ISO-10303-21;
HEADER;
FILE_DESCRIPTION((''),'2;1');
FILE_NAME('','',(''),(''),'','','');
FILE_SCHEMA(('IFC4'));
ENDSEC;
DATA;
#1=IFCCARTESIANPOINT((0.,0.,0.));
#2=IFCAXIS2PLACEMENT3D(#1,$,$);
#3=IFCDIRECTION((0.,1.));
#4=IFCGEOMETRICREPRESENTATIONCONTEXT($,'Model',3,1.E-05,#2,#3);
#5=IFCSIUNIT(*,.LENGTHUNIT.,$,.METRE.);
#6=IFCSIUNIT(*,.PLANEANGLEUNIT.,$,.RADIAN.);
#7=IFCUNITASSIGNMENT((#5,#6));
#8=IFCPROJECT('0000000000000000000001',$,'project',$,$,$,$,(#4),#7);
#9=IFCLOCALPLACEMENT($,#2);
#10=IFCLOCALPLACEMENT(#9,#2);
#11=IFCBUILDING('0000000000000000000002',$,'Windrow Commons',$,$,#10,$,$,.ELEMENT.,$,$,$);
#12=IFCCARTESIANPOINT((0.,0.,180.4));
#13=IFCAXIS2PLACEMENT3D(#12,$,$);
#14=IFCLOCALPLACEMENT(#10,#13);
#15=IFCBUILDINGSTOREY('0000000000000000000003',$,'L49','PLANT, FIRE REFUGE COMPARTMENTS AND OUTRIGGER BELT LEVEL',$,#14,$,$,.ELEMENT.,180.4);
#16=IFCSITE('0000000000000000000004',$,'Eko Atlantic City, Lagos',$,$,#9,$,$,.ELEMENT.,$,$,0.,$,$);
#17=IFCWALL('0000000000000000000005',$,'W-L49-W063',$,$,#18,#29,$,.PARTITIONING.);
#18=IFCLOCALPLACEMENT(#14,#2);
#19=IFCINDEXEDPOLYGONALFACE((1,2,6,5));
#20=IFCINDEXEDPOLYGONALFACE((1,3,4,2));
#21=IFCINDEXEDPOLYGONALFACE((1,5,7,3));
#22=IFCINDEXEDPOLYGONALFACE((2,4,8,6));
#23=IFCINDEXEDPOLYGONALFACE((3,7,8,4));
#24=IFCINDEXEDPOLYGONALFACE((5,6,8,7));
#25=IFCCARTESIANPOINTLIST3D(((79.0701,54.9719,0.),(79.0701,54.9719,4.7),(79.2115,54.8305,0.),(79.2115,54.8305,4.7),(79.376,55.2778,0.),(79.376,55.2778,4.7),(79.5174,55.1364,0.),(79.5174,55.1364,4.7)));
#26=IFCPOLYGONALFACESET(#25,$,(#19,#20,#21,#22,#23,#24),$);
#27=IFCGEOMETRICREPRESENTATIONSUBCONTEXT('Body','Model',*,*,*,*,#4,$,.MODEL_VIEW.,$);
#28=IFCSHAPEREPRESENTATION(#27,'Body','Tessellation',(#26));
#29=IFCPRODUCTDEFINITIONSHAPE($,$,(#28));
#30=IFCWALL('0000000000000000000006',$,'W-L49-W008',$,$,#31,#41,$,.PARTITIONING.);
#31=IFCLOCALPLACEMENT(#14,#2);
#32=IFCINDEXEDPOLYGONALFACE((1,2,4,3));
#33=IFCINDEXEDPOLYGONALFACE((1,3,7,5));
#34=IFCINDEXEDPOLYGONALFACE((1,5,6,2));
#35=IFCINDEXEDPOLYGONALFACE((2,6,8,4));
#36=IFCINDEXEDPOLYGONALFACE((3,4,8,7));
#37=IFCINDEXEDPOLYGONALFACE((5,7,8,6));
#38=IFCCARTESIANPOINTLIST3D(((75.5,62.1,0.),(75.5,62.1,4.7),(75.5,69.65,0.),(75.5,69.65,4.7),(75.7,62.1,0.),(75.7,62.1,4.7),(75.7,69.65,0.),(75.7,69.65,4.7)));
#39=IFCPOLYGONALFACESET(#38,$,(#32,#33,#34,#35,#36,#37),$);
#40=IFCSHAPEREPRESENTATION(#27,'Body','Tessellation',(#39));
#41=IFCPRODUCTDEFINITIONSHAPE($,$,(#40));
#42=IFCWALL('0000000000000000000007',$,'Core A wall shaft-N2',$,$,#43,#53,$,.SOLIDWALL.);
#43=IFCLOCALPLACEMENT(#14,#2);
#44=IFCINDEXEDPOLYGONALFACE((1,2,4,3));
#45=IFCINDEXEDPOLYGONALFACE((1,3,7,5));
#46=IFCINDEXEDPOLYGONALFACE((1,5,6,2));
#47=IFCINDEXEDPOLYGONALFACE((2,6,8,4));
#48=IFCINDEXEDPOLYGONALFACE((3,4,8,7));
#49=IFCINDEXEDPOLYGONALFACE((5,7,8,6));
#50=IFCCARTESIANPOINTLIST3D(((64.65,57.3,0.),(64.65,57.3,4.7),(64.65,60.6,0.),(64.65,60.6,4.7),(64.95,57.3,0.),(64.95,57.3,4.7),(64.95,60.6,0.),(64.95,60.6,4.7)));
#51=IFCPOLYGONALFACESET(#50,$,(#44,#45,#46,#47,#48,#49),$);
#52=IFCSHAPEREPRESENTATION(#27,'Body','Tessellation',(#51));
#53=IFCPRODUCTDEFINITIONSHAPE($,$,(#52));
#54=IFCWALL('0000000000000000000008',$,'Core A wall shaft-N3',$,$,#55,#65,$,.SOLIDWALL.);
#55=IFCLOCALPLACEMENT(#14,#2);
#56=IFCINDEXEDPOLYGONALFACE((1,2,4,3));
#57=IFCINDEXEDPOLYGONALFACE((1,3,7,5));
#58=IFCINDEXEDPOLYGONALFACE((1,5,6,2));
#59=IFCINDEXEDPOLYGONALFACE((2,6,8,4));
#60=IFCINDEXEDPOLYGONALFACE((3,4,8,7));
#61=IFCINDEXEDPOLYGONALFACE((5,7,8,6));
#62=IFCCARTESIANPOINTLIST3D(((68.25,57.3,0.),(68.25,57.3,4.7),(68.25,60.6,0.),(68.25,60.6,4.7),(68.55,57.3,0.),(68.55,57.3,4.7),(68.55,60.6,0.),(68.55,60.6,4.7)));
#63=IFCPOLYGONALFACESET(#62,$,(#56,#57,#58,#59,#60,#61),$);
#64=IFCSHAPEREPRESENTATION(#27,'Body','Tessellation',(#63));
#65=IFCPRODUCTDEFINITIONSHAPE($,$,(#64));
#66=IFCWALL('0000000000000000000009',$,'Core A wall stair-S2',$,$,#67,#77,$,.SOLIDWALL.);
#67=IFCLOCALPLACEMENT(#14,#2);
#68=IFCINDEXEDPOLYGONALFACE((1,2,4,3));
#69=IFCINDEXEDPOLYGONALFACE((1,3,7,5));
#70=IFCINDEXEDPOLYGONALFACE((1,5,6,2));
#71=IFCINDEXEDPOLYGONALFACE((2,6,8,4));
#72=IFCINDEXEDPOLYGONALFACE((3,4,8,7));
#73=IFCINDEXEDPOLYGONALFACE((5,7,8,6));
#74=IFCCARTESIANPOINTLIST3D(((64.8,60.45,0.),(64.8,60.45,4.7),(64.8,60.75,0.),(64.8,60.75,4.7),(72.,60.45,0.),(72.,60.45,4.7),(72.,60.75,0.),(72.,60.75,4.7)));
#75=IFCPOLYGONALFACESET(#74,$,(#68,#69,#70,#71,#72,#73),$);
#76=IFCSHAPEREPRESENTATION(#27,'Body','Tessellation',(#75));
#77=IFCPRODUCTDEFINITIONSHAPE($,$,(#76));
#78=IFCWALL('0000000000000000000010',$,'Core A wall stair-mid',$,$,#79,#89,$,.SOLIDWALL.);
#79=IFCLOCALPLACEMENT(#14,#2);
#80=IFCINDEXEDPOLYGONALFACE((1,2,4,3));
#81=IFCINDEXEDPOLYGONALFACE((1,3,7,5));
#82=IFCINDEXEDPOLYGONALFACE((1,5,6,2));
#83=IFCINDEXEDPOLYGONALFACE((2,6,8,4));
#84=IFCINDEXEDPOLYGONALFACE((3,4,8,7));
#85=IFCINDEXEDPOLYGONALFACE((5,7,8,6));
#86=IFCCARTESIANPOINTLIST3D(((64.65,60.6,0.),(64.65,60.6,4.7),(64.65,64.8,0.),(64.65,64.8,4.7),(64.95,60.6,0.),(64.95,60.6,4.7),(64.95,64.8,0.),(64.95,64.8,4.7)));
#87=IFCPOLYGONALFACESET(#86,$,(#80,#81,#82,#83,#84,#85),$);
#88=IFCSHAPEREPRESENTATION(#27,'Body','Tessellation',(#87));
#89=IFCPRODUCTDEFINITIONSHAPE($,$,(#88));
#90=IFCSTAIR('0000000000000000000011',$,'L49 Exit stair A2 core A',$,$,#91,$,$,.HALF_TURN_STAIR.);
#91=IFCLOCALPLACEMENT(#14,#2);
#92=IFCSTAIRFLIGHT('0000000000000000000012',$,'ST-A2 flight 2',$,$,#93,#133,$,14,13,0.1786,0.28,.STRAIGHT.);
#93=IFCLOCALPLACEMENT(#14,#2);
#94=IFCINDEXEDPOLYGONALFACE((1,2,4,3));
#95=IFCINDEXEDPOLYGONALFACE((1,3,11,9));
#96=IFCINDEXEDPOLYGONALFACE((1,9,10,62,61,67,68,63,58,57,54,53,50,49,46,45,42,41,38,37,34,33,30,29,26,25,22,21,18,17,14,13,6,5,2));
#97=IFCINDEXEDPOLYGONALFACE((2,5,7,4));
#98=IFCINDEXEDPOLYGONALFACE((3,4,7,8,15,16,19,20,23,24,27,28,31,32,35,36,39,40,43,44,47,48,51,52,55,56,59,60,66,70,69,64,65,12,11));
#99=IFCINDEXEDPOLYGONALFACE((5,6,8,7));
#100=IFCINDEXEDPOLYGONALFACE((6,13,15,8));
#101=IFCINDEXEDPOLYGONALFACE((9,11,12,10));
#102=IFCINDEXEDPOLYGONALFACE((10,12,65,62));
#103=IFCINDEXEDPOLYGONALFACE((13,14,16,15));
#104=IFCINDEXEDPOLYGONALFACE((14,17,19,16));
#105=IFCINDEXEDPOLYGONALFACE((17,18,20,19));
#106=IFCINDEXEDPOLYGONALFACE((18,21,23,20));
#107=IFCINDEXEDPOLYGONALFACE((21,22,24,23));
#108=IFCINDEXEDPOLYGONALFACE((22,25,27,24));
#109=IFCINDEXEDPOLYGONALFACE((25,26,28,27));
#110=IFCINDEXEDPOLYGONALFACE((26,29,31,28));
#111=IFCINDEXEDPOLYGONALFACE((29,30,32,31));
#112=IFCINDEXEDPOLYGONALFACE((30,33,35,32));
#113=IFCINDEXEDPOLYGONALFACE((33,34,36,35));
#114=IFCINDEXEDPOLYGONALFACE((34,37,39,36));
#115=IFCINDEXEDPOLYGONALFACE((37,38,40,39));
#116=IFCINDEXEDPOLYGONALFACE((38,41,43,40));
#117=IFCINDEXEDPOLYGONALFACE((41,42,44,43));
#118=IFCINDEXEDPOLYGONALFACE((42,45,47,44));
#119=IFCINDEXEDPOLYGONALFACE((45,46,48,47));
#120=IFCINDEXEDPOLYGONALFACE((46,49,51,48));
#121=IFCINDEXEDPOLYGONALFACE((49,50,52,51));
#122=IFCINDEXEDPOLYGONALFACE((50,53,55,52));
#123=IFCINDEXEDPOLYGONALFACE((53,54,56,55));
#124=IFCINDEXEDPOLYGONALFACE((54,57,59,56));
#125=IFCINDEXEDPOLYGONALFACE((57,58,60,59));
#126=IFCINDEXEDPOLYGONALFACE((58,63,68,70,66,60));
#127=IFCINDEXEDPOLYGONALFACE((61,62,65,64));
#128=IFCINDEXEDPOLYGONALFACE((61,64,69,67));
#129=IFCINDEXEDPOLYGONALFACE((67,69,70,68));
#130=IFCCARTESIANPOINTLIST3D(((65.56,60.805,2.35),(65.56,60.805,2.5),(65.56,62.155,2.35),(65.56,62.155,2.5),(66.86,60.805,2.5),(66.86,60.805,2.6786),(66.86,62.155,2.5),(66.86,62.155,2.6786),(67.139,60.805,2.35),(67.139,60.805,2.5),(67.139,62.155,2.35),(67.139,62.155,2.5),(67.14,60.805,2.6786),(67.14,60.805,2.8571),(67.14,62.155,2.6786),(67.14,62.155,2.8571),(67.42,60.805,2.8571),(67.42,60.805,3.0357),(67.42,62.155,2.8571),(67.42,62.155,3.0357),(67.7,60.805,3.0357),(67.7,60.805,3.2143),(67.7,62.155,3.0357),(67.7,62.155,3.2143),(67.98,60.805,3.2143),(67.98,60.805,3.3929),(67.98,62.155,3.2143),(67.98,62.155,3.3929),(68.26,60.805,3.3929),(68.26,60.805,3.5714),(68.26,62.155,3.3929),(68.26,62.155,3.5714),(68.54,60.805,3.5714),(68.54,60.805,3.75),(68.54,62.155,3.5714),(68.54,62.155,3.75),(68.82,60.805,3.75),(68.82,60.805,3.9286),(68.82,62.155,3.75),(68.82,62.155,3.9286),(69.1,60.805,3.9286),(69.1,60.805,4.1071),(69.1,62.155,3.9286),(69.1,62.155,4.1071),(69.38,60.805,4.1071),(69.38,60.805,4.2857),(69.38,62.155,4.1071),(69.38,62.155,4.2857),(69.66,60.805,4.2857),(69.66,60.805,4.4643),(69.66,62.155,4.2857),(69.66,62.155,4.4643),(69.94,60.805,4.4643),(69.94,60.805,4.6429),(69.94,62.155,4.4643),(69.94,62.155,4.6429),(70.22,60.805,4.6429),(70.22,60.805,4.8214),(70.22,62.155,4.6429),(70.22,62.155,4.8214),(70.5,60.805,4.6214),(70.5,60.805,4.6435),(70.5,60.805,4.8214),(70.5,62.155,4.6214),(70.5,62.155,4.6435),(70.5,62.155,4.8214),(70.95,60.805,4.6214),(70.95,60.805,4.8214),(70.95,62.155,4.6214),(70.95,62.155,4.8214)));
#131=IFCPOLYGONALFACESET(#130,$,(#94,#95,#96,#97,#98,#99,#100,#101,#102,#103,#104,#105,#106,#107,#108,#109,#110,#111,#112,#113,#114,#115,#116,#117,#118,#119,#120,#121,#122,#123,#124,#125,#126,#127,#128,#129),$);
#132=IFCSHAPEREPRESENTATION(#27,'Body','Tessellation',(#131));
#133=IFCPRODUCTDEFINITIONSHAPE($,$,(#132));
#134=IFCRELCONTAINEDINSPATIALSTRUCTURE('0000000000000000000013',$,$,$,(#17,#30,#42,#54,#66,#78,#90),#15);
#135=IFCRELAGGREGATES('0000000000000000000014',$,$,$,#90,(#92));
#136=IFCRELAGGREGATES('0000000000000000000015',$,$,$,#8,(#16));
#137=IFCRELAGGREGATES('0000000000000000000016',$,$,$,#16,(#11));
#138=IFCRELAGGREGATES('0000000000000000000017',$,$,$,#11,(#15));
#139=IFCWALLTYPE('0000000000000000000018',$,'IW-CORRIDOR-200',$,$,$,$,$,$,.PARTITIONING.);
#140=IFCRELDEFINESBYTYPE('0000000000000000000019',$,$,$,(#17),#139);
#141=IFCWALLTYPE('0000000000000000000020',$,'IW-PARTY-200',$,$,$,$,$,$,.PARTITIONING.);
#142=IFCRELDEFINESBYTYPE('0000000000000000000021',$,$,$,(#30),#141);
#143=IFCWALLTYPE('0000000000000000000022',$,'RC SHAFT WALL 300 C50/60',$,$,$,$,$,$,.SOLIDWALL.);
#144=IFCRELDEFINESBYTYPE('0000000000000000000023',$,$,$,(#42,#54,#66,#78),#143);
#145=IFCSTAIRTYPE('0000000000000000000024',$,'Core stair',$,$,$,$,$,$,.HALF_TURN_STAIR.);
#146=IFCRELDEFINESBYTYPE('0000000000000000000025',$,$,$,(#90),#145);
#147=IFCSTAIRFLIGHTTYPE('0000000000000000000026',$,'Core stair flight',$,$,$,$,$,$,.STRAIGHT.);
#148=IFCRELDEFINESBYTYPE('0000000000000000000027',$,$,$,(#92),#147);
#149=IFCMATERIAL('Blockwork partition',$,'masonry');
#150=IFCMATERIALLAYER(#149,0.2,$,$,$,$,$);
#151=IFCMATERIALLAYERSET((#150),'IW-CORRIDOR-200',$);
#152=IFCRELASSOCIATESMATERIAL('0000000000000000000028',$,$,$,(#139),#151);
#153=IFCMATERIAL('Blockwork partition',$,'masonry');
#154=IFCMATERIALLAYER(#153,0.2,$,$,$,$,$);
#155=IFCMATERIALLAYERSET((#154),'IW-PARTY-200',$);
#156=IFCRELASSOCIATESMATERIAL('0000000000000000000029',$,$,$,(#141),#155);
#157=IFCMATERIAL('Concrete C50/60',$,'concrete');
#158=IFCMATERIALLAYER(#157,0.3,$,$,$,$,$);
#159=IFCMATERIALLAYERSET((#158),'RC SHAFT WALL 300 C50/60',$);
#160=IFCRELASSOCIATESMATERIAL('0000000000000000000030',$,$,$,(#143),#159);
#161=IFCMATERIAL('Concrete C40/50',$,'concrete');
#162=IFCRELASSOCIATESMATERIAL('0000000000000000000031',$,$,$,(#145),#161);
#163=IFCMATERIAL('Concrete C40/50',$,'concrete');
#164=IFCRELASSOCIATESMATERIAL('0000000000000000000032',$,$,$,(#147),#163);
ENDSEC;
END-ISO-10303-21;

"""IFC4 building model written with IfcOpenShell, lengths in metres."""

from ifc_helpers import new_model, si_unit, direction, frame, frame_2d, origin, place, context, subcontext, project, spatial, polyline, rectangle, outline, extrude, material, layer, layer_set, type_object, element, aggregate, save


model = new_model("IFC4")

# Units and contexts
model_context = context("Model", 3, precision=1e-05, world=origin(), true_north=direction((0.0, 1.0)))
body_context = subcontext(model_context, "Body", "Model", "MODEL_VIEW")
ifc_project = project(units=[si_unit("LENGTHUNIT", "METRE"), si_unit("PLANEANGLEUNIT", "RADIAN")], contexts=[model_context])

# Site, building, storey
site_placement = place(None, origin())
site = spatial("IfcSite", under=ifc_project, at=site_placement, Name="Eko Atlantic City, Lagos", CompositionType="ELEMENT", RefElevation=0.0)
building_placement = place(site_placement, origin())
building = spatial("IfcBuilding", under=site, at=building_placement, Name="Windrow Commons", CompositionType="ELEMENT")
storey_placement = place(building_placement, frame((0.0, 0.0, 180.4)))
storey = spatial("IfcBuildingStorey", under=building, at=storey_placement, Name="L49", Description="PLANT, FIRE REFUGE COMPARTMENTS AND OUTRIGGER BELT LEVEL", CompositionType="ELEMENT", Elevation=180.4)

# Shared definitions
ifc_material_1 = material(Name="Blockwork partition", Category="masonry")
ifc_layer_1 = layer(ifc_material_1, 0.2)
ifc_layer_set_1 = layer_set([ifc_layer_1], Name="IW-CORRIDOR-200")
wall_type_1 = type_object("IfcWallType", Name="IW-CORRIDOR-200", PredefinedType="PARTITIONING", material=ifc_layer_set_1)

# Walls
wall_1_placement = place(storey_placement, frame((79.1408, 54.9012, 0.0), z_axis=(0.0, 0.0, 1.0), x_axis=(0.707107, 0.707107, 0.0)))
element("IfcWall", 1, at=wall_1_placement, inside=storey, type_object=wall_type_1, Name="W-L49-W063", PredefinedType="PARTITIONING", context=body_context, shape_type="SweptSolid", body=[
    extrude(rectangle(XDim=0.4327, YDim=0.2, at=frame_2d((0.2163, 0.0))), origin(), (0.0, 0.0, 1.0), 4.7),
])
ifc_material_2 = material(Name="Blockwork partition", Category="masonry")
ifc_layer_2 = layer(ifc_material_2, 0.2)
ifc_layer_set_2 = layer_set([ifc_layer_2], Name="IW-PARTY-200")
wall_type_2 = type_object("IfcWallType", Name="IW-PARTY-200", PredefinedType="PARTITIONING", material=ifc_layer_set_2)
wall_2_placement = place(storey_placement, frame((75.6, 62.1, 0.0), z_axis=(0.0, 0.0, 1.0), x_axis=(0.0, 1.0, 0.0)))
element("IfcWall", 2, at=wall_2_placement, inside=storey, type_object=wall_type_2, Name="W-L49-W008", PredefinedType="PARTITIONING", context=body_context, shape_type="SweptSolid", body=[
    extrude(rectangle(XDim=7.55, YDim=0.2, at=frame_2d((3.775, 0.0))), origin(), (0.0, 0.0, 1.0), 4.7),
])
ifc_material_3 = material(Name="Concrete C50/60", Category="concrete")
ifc_layer_3 = layer(ifc_material_3, 0.3)
ifc_layer_set_3 = layer_set([ifc_layer_3], Name="RC SHAFT WALL 300 C50/60")
wall_type_3 = type_object("IfcWallType", Name="RC SHAFT WALL 300 C50/60", PredefinedType="SOLIDWALL", material=ifc_layer_set_3)
for number, where, z_axis, x_axis, name in (
    (3, (64.8, 57.3, 0.0), (0.0, 0.0, 1.0), (0.0, 1.0, 0.0), "Core A wall shaft-N2"),
    (4, (68.4, 57.3, 0.0), (0.0, 0.0, 1.0), (0.0, 1.0, 0.0), "Core A wall shaft-N3"),
):
    element("IfcWall", number, at=place(storey_placement, frame(where, z_axis=z_axis, x_axis=x_axis)), inside=storey, type_object=wall_type_3, Name=name, PredefinedType="SOLIDWALL", context=body_context, shape_type="SweptSolid", body=[
        extrude(rectangle(XDim=3.3, YDim=0.3, at=frame_2d((1.65, 0.0))), origin(), (0.0, 0.0, 1.0), 4.7),
    ])
wall_3_placement = place(storey_placement, frame((64.8, 60.6, 0.0), z_axis=(0.0, 0.0, 1.0), x_axis=(1.0, 0.0, 0.0)))
element("IfcWall", 5, at=wall_3_placement, inside=storey, type_object=wall_type_3, Name="Core A wall stair-S2", PredefinedType="SOLIDWALL", context=body_context, shape_type="SweptSolid", body=[
    extrude(rectangle(XDim=7.2, YDim=0.3, at=frame_2d((3.6, 0.0))), origin(), (0.0, 0.0, 1.0), 4.7),
])
wall_4_placement = place(storey_placement, frame((64.8, 60.6, 0.0), z_axis=(0.0, 0.0, 1.0), x_axis=(0.0, 1.0, 0.0)))
element("IfcWall", 6, at=wall_4_placement, inside=storey, type_object=wall_type_3, Name="Core A wall stair-mid", PredefinedType="SOLIDWALL", context=body_context, shape_type="SweptSolid", body=[
    extrude(rectangle(XDim=4.2, YDim=0.3, at=frame_2d((2.1, 0.0))), origin(), (0.0, 0.0, 1.0), 4.7),
])

# Stair, stair flight
ifc_material_4 = material(Name="Concrete C40/50", Category="concrete")
stair_type = type_object("IfcStairType", Name="Core stair", PredefinedType="HALF_TURN_STAIR", material=ifc_material_4)
stair_placement = place(storey_placement, origin())
stair = element("IfcStair", 7, at=stair_placement, inside=storey, type_object=stair_type, Name="L49 Exit stair A2 core A", PredefinedType="HALF_TURN_STAIR")
ifc_material_5 = material(Name="Concrete C40/50", Category="concrete")
stair_flight_type = type_object("IfcStairFlightType", Name="Core stair flight", PredefinedType="STRAIGHT", material=ifc_material_5)
stair_flight_placement = place(storey_placement, frame((66.86, 61.48, 2.5), z_axis=(0.0, 0.0, 1.0), x_axis=(1.0, 0.0, 0.0)))
stair_flight = element("IfcStairFlight", 8, at=stair_flight_placement, type_object=stair_flight_type, Name="ST-A2 flight 2", NumberOfRisers=14, NumberOfTreads=13, PredefinedType="STRAIGHT", RiserHeight=0.1786, TreadLength=0.28, context=body_context, shape_type="SweptSolid", body=[
    extrude(outline(polyline([(-1.3, -0.15), (-1.3, 0.0), (0.0, 0.0), (0.0, 0.1786), (0.28, 0.1786), (0.28, 0.3571), (0.56, 0.3571), (0.56, 0.5357), (0.84, 0.5357), (0.84, 0.7143), (1.12, 0.7143), (1.12, 0.8929), (1.4, 0.8929), (1.4, 1.0714), (1.68, 1.0714), (1.68, 1.25), (1.96, 1.25), (1.96, 1.4286), (2.24, 1.4286), (2.24, 1.6071), (2.52, 1.6071), (2.52, 1.7857), (2.8, 1.7857), (2.8, 1.9643), (3.08, 1.9643), (3.08, 2.1429), (3.36, 2.1429), (3.36, 2.3214), (3.64, 2.3214), (4.09, 2.3214), (4.09, 2.1214), (3.64, 2.1214), (3.64, 2.1435), (0.279, 0.0), (0.279, -0.15), (-1.3, -0.15)])), frame((0.0, 0.675, 0.0), z_axis=(0.0, -1.0, 0.0), x_axis=(1.0, 0.0, 0.0)), (0.0, 0.0, 1.0), 1.35),
])
aggregate(stair, [stair_flight])

save(model, "model.ifc")
